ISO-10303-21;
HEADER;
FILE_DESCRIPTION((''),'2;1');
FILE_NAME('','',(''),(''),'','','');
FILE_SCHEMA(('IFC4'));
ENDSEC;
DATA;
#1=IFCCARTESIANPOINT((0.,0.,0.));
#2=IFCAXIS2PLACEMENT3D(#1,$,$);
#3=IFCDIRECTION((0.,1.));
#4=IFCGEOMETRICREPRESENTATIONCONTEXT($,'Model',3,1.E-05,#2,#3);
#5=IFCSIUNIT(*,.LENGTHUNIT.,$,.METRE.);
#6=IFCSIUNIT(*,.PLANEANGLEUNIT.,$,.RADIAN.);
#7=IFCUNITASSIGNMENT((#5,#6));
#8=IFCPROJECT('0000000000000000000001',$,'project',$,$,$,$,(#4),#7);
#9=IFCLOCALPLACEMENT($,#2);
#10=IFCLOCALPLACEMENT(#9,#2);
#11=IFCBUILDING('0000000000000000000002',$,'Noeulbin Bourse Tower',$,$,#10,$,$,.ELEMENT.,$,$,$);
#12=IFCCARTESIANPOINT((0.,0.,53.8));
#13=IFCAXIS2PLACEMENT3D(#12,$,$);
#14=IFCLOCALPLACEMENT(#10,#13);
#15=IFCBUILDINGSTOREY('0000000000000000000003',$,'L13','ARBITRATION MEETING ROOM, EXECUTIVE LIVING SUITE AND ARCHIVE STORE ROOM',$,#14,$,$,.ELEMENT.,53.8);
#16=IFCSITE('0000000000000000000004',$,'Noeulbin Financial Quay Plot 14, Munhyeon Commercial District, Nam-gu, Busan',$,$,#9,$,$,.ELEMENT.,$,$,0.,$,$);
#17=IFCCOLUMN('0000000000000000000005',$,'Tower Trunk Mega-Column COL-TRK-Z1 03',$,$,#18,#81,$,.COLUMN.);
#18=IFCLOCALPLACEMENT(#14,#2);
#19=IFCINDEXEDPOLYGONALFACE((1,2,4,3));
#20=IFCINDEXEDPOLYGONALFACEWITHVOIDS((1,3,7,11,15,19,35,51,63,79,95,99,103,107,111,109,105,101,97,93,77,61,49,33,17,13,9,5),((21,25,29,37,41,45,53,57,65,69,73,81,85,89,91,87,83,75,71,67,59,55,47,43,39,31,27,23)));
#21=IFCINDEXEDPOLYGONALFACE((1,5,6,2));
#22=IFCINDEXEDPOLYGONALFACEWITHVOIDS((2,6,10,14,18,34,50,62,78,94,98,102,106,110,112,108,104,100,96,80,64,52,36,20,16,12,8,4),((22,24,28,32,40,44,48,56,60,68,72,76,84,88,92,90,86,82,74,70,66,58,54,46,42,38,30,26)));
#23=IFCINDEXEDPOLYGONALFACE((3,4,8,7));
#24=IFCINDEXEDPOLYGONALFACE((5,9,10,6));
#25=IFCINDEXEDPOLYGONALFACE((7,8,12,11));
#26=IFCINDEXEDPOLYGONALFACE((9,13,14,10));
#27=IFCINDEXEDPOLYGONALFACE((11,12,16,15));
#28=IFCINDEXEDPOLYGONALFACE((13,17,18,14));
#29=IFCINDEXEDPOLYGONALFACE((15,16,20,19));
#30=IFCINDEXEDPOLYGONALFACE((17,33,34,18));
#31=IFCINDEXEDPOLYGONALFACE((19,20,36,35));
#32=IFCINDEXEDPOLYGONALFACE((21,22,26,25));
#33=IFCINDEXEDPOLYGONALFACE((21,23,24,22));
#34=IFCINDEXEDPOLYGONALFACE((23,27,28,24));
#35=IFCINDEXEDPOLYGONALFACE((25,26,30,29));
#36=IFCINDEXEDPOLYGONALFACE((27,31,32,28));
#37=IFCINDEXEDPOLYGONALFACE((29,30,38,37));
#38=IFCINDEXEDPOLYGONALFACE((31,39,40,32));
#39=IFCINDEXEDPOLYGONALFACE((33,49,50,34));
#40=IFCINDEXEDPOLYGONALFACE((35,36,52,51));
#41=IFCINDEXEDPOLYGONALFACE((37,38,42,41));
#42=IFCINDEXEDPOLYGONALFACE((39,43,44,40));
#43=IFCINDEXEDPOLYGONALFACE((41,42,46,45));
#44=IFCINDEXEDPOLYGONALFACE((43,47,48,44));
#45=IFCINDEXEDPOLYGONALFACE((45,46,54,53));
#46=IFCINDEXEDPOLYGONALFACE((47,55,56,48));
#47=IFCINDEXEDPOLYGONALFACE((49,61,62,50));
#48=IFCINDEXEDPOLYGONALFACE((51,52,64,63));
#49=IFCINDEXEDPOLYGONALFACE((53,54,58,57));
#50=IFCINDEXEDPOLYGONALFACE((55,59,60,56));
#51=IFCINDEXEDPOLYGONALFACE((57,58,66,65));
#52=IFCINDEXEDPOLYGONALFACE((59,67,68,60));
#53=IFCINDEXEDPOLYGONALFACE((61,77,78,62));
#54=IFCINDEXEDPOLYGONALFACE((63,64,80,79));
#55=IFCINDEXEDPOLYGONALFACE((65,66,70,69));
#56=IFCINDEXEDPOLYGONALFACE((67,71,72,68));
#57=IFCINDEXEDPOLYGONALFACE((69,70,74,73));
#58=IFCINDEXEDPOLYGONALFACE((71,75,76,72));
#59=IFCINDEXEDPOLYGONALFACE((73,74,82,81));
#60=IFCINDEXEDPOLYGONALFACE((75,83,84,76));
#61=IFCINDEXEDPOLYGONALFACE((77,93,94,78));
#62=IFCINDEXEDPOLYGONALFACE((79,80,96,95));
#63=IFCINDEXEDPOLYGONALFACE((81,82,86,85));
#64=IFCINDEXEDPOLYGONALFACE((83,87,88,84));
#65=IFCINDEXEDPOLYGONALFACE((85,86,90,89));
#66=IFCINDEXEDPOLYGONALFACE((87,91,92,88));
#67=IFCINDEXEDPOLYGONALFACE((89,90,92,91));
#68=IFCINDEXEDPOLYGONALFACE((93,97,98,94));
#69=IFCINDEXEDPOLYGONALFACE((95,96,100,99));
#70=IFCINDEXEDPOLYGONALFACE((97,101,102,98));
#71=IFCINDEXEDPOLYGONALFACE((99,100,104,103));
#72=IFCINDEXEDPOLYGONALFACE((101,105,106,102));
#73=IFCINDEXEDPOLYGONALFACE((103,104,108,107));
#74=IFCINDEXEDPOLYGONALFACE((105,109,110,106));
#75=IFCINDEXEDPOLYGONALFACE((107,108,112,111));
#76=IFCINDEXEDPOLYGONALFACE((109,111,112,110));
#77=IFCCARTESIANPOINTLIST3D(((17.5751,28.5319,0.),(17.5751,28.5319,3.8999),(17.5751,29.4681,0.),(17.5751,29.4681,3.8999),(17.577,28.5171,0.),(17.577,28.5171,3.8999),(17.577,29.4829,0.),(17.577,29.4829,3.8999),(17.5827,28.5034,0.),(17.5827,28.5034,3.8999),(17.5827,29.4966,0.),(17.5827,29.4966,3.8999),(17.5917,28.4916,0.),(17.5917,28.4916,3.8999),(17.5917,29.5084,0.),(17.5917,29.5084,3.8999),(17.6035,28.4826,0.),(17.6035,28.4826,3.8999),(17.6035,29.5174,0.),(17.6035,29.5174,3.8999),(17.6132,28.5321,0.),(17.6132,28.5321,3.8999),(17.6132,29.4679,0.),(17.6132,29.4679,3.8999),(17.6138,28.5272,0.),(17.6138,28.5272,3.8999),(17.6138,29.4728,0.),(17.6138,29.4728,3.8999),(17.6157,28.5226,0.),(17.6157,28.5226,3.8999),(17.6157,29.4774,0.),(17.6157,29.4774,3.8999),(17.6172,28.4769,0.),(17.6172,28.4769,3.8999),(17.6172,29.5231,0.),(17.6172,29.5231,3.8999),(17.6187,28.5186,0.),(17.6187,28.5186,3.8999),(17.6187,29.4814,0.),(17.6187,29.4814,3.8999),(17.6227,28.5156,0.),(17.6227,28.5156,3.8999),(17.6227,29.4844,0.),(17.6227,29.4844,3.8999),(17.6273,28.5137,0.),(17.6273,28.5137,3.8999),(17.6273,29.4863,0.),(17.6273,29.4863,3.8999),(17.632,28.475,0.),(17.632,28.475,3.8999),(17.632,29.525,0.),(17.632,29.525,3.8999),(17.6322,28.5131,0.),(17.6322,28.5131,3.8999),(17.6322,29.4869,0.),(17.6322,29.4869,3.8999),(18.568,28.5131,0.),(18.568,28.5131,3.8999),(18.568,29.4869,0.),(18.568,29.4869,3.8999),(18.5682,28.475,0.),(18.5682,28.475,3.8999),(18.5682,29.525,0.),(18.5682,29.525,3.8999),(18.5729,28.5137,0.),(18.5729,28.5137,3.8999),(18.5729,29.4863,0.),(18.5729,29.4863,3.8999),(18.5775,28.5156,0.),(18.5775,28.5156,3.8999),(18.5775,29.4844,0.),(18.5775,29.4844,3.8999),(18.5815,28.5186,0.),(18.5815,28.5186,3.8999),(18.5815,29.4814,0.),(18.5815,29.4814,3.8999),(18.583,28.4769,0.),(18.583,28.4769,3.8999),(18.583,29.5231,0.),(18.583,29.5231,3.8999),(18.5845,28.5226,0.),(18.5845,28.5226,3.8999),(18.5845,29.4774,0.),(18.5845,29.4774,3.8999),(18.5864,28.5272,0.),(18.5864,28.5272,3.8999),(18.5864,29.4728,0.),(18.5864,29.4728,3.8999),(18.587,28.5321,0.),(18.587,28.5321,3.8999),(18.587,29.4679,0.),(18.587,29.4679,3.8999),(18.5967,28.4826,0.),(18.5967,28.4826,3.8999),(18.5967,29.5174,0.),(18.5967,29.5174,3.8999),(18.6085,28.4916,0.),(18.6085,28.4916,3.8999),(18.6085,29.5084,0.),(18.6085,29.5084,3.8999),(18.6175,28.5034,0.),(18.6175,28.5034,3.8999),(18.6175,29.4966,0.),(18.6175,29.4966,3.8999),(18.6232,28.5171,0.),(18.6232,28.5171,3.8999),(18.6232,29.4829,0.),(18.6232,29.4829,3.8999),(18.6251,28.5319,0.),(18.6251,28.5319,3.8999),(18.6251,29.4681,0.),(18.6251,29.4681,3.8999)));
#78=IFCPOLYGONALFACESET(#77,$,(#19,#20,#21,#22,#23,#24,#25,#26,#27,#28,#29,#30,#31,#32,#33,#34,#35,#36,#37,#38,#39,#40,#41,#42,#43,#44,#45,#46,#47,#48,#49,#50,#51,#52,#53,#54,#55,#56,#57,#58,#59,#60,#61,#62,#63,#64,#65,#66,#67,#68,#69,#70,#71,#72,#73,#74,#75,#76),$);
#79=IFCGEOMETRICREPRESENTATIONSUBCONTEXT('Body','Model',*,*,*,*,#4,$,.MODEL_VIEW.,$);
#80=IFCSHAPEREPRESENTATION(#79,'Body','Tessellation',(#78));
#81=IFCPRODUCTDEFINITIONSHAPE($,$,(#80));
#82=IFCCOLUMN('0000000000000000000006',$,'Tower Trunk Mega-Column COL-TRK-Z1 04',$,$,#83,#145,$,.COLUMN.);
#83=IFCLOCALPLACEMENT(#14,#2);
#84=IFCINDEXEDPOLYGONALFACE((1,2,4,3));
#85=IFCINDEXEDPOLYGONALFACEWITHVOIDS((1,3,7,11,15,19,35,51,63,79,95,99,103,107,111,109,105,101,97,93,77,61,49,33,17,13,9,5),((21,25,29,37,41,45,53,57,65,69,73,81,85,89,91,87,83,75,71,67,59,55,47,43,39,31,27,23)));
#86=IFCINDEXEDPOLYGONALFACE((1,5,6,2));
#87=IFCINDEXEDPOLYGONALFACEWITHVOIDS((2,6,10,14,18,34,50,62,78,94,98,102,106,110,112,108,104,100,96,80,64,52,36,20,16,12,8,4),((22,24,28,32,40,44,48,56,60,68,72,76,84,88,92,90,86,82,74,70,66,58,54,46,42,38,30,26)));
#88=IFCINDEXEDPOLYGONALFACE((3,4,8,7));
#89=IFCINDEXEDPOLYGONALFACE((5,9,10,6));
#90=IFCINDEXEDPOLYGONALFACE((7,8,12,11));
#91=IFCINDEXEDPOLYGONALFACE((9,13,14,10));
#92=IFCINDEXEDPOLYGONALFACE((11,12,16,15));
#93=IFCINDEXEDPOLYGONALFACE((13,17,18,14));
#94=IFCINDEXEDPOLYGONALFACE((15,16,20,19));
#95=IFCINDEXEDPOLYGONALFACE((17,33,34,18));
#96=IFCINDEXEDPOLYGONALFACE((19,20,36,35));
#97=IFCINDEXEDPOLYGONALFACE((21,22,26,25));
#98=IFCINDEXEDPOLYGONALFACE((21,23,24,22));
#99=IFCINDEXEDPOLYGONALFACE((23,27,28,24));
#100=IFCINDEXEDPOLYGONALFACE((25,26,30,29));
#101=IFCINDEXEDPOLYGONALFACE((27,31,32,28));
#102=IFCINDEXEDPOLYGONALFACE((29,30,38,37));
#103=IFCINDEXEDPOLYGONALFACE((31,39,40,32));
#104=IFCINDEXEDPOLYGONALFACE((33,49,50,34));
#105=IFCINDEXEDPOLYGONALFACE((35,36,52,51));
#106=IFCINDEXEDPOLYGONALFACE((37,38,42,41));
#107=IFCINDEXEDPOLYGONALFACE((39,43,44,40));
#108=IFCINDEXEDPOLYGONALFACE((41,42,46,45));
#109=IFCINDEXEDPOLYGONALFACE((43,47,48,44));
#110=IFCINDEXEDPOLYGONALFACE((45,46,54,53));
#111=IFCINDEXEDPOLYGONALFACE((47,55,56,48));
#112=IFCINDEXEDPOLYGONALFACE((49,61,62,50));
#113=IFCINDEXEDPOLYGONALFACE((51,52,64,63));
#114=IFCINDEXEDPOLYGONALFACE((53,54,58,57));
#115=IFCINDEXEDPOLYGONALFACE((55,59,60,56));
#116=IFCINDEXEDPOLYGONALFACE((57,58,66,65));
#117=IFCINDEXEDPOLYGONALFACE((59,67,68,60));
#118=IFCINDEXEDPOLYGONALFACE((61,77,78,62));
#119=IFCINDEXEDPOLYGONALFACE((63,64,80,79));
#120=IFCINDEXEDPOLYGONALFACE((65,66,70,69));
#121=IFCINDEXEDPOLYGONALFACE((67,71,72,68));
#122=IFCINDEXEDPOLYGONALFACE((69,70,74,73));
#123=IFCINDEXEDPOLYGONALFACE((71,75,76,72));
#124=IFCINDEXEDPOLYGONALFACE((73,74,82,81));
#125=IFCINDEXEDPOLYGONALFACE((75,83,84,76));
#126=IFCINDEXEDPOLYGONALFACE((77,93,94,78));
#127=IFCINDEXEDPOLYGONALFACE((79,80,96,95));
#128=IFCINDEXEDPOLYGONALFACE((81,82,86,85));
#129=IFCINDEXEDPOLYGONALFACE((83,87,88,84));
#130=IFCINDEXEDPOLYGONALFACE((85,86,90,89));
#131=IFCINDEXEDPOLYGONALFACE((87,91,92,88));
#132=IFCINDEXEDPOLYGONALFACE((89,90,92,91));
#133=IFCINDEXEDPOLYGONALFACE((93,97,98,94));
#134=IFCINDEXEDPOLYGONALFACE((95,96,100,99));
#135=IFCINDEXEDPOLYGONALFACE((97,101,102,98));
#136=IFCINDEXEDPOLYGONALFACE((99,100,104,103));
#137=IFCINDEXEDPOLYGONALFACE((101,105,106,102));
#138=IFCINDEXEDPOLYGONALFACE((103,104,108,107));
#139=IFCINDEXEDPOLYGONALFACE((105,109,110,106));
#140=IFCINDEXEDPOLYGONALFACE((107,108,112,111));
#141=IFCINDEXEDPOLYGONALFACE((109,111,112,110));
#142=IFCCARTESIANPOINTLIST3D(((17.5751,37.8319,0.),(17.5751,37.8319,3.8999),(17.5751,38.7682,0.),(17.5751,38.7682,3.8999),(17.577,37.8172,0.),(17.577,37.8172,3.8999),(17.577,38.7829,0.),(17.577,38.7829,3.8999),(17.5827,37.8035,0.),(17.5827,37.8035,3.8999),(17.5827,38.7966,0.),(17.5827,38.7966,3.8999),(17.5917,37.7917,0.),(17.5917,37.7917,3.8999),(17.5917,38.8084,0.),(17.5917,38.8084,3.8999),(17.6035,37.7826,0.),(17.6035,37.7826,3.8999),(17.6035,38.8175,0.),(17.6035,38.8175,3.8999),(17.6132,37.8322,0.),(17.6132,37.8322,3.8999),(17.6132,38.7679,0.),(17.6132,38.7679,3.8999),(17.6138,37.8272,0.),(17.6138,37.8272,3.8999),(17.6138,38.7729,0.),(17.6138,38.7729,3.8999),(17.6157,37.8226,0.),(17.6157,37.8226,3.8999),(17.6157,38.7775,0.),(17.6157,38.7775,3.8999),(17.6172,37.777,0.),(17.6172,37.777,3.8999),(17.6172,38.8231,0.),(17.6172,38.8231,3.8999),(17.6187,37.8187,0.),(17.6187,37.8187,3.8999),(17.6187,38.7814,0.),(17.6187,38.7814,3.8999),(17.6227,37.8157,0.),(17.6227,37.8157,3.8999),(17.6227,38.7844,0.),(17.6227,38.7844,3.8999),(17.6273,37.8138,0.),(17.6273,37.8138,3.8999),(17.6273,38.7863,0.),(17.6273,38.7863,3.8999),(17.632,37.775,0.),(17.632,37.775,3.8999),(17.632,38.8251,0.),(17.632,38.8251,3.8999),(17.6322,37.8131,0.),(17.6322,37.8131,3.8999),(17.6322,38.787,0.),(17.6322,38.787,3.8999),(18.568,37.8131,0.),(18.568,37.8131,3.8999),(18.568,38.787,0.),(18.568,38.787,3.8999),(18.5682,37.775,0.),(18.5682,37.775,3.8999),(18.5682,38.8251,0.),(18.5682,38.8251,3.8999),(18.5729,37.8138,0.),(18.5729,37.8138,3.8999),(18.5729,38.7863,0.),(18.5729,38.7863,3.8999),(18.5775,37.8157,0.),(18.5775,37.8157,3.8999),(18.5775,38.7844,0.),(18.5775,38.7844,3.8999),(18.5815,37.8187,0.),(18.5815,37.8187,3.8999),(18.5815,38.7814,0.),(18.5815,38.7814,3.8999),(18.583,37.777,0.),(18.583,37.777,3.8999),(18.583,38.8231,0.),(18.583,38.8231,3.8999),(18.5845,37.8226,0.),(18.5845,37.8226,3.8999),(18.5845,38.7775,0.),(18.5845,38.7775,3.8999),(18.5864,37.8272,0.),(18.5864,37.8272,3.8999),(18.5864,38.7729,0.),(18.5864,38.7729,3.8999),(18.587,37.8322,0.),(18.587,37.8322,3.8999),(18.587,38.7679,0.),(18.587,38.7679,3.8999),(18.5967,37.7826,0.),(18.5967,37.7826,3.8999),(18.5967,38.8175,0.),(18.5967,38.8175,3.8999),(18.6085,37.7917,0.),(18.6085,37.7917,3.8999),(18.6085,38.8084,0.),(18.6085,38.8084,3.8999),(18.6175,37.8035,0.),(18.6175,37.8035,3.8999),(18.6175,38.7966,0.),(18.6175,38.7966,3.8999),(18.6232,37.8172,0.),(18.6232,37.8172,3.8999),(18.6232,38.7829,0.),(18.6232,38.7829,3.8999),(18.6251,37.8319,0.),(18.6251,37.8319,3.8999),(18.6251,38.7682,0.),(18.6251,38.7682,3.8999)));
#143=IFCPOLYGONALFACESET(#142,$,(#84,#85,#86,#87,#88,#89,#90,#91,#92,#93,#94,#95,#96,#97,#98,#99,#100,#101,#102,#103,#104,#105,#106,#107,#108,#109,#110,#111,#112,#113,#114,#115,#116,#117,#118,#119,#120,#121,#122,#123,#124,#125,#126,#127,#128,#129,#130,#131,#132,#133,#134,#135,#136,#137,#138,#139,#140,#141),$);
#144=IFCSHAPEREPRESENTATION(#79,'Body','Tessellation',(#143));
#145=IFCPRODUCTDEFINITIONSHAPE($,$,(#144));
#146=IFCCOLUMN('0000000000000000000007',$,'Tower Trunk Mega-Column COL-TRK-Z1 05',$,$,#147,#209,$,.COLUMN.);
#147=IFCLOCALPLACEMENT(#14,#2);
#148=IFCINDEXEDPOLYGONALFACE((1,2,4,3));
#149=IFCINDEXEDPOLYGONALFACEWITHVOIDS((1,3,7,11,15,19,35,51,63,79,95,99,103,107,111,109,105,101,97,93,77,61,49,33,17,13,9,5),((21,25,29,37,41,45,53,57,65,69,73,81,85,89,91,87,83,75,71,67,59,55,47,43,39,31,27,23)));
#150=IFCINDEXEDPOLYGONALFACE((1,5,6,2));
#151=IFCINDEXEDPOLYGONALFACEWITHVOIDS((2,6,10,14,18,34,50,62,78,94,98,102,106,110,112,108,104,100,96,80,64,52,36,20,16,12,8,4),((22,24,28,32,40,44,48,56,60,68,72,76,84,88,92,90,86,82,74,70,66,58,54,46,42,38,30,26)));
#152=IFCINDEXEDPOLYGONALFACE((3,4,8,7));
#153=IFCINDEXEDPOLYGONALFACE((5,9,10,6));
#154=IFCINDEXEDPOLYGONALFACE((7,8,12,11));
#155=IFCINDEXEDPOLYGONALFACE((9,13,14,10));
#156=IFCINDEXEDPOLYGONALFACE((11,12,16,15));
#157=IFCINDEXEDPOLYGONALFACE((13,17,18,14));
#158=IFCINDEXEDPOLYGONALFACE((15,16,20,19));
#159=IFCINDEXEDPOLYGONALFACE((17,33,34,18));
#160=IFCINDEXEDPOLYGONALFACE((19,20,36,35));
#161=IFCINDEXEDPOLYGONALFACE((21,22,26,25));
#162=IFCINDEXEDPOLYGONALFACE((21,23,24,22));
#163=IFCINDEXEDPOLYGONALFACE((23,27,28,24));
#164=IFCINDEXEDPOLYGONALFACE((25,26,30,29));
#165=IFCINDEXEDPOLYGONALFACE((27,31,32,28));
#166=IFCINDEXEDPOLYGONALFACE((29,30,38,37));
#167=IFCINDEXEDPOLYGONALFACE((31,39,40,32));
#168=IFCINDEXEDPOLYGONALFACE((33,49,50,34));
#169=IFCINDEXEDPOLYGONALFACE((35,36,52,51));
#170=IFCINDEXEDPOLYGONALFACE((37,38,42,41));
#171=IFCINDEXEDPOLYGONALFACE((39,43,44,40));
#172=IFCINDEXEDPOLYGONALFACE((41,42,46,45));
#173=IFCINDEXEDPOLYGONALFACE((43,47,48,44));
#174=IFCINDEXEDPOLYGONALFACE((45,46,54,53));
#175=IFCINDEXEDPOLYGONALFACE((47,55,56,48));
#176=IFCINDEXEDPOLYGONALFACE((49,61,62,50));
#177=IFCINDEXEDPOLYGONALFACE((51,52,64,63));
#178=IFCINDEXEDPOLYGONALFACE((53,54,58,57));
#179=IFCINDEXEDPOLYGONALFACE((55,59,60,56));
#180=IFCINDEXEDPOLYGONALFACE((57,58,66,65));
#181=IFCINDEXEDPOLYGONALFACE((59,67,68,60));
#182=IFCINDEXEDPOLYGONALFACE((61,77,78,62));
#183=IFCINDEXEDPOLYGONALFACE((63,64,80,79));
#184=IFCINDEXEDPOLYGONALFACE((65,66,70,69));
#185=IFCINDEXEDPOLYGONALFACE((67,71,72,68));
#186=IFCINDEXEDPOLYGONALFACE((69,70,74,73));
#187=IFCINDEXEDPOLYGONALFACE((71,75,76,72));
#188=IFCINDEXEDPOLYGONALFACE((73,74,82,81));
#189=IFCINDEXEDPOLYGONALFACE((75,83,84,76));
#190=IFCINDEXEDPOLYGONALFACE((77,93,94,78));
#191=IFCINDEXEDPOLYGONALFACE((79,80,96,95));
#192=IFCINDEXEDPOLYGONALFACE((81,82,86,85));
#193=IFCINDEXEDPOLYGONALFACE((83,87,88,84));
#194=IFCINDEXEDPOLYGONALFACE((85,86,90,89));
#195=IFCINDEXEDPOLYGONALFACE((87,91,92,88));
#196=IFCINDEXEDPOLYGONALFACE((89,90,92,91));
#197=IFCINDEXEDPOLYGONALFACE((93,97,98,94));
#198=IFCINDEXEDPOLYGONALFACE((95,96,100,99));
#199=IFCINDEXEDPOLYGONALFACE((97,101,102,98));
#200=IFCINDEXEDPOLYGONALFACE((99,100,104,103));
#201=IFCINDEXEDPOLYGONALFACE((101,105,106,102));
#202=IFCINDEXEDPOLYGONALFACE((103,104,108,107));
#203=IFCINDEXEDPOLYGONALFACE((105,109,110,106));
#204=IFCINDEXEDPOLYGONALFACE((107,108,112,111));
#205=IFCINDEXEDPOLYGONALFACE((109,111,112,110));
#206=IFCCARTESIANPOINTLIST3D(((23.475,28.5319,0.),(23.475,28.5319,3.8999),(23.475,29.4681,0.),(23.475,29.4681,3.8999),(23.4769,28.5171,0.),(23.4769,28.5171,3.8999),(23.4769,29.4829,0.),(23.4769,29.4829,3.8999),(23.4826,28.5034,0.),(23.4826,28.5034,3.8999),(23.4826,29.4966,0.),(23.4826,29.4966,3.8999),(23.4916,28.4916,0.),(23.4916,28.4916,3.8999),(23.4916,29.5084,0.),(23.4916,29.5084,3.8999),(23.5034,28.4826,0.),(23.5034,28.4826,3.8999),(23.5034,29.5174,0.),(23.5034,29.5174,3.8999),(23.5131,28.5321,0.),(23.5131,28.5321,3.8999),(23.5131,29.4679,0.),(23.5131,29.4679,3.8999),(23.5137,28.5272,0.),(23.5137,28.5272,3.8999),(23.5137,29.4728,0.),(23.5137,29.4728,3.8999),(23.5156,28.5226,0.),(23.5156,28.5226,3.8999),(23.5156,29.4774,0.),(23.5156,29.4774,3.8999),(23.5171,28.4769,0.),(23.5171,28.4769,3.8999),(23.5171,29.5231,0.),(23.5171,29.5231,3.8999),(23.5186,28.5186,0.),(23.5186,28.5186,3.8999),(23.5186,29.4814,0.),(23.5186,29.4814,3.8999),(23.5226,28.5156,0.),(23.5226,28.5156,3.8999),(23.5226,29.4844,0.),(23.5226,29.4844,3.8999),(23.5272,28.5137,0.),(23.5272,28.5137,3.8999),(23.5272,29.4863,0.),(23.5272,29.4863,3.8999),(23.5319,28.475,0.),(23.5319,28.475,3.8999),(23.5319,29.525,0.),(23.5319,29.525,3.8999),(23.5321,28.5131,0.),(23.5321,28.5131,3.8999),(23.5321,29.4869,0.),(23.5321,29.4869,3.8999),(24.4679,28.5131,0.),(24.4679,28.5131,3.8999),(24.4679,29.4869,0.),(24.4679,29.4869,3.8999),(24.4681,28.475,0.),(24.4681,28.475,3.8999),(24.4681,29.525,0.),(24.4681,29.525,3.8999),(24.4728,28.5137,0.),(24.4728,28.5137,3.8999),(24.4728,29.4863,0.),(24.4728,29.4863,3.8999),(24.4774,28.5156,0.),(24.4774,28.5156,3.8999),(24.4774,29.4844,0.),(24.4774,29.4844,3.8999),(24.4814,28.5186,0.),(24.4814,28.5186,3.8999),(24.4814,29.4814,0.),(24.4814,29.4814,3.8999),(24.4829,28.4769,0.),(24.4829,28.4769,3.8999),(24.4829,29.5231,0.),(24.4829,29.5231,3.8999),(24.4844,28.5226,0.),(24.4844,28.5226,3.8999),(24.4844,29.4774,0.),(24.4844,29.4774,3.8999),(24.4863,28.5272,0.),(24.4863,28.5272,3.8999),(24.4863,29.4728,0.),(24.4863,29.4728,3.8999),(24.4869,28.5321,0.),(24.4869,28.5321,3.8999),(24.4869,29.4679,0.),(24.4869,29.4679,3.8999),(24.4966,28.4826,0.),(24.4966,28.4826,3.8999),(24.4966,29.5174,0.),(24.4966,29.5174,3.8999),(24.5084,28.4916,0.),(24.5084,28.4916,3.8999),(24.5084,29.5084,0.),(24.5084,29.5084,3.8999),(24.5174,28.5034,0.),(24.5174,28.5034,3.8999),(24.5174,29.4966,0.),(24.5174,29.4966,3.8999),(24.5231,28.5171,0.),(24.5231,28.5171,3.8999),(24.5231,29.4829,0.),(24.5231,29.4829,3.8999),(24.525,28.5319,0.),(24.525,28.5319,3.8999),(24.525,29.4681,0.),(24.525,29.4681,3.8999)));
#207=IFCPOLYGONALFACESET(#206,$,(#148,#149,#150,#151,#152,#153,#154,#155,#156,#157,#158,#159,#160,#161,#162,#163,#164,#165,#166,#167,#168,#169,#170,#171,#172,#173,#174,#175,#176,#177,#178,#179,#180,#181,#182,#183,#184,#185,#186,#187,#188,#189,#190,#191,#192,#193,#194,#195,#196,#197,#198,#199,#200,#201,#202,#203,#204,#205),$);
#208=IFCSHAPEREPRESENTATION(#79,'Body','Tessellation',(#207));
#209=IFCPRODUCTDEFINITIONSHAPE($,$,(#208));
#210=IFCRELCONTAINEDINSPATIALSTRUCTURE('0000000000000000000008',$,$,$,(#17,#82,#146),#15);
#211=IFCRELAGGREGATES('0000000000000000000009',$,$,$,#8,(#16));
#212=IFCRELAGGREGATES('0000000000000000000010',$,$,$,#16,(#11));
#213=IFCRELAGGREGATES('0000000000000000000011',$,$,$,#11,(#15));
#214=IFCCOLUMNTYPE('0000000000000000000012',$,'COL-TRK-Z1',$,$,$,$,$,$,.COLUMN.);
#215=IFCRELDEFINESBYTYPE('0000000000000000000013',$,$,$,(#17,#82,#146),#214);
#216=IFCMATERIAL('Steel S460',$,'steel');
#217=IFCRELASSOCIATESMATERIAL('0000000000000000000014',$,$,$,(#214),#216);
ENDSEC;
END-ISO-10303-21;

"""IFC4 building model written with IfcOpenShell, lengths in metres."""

from ifc_helpers import new_model, si_unit, direction, frame, origin, origin_2d, place, context, subcontext, project, spatial, hollow_rectangle, extrude, material, material_profile, profile_set, type_object, element, save


model = new_model("IFC4")

# Units and contexts
model_context = context("Model", 3, precision=1e-05, world=origin(), true_north=direction((0.0, 1.0)))
body_context = subcontext(model_context, "Body", "Model", "MODEL_VIEW")
ifc_project = project(units=[si_unit("LENGTHUNIT", "METRE"), si_unit("PLANEANGLEUNIT", "RADIAN")], contexts=[model_context])

# Site, building, storey
site_placement = place(None, origin())
site = spatial("IfcSite", under=ifc_project, at=site_placement, Name="Noeulbin Financial Quay Plot 14, Munhyeon Commercial District, Nam-gu, Busan", CompositionType="ELEMENT", RefElevation=0.0)
building_placement = place(site_placement, origin())
building = spatial("IfcBuilding", under=site, at=building_placement, Name="Noeulbin Bourse Tower", CompositionType="ELEMENT")
storey_placement = place(building_placement, frame((0.0, 0.0, 53.8)))
storey = spatial("IfcBuildingStorey", under=building, at=storey_placement, Name="L13", Description="ARBITRATION MEETING ROOM, EXECUTIVE LIVING SUITE AND ARCHIVE STORE ROOM", CompositionType="ELEMENT", Elevation=53.8)

# Columns
ifc_material_1 = material(Name="Steel S460", Category="steel")
ifc_material_profile_1 = material_profile(ifc_material_1, hollow_rectangle(XDim=1.05, YDim=1.05, WallThickness=0.0381, InnerFilletRadius=0.019, OuterFilletRadius=0.0569, at=origin_2d()), Name="BOX-1050x1050x38", Category="LoadBearing")
ifc_profile_set_1 = profile_set([ifc_material_profile_1], Name="Steel S460")
column_type = type_object("IfcColumnType", Name="COL-TRK-Z1", PredefinedType="COLUMN", material=ifc_profile_set_1)
for number, where, z_axis, x_axis, name in (
    (1, (18.1001, 29.0, 0.0), (0.0, 0.0, 1.0), (1.0, 0.0, 0.0), "Tower Trunk Mega-Column COL-TRK-Z1 03"),
    (2, (18.1001, 38.3, 0.0), (0.0, 0.0, 1.0), (1.0, 0.0, 0.0), "Tower Trunk Mega-Column COL-TRK-Z1 04"),
    (3, (24.0, 29.0, 0.0), (0.0, 0.0, 1.0), (1.0, 0.0, 0.0), "Tower Trunk Mega-Column COL-TRK-Z1 05"),
):
    element("IfcColumn", number, at=place(storey_placement, frame(where, z_axis=z_axis, x_axis=x_axis)), inside=storey, type_object=column_type, Name=name, PredefinedType="COLUMN", context=body_context, shape_type="SweptSolid", body=[
        extrude(hollow_rectangle(XDim=1.05, YDim=1.05, WallThickness=0.0381, InnerFilletRadius=0.019, OuterFilletRadius=0.0569, at=origin_2d()), origin(), (0.0, 0.0, 1.0), 3.8999),
    ])

save(model, "model.ifc")
